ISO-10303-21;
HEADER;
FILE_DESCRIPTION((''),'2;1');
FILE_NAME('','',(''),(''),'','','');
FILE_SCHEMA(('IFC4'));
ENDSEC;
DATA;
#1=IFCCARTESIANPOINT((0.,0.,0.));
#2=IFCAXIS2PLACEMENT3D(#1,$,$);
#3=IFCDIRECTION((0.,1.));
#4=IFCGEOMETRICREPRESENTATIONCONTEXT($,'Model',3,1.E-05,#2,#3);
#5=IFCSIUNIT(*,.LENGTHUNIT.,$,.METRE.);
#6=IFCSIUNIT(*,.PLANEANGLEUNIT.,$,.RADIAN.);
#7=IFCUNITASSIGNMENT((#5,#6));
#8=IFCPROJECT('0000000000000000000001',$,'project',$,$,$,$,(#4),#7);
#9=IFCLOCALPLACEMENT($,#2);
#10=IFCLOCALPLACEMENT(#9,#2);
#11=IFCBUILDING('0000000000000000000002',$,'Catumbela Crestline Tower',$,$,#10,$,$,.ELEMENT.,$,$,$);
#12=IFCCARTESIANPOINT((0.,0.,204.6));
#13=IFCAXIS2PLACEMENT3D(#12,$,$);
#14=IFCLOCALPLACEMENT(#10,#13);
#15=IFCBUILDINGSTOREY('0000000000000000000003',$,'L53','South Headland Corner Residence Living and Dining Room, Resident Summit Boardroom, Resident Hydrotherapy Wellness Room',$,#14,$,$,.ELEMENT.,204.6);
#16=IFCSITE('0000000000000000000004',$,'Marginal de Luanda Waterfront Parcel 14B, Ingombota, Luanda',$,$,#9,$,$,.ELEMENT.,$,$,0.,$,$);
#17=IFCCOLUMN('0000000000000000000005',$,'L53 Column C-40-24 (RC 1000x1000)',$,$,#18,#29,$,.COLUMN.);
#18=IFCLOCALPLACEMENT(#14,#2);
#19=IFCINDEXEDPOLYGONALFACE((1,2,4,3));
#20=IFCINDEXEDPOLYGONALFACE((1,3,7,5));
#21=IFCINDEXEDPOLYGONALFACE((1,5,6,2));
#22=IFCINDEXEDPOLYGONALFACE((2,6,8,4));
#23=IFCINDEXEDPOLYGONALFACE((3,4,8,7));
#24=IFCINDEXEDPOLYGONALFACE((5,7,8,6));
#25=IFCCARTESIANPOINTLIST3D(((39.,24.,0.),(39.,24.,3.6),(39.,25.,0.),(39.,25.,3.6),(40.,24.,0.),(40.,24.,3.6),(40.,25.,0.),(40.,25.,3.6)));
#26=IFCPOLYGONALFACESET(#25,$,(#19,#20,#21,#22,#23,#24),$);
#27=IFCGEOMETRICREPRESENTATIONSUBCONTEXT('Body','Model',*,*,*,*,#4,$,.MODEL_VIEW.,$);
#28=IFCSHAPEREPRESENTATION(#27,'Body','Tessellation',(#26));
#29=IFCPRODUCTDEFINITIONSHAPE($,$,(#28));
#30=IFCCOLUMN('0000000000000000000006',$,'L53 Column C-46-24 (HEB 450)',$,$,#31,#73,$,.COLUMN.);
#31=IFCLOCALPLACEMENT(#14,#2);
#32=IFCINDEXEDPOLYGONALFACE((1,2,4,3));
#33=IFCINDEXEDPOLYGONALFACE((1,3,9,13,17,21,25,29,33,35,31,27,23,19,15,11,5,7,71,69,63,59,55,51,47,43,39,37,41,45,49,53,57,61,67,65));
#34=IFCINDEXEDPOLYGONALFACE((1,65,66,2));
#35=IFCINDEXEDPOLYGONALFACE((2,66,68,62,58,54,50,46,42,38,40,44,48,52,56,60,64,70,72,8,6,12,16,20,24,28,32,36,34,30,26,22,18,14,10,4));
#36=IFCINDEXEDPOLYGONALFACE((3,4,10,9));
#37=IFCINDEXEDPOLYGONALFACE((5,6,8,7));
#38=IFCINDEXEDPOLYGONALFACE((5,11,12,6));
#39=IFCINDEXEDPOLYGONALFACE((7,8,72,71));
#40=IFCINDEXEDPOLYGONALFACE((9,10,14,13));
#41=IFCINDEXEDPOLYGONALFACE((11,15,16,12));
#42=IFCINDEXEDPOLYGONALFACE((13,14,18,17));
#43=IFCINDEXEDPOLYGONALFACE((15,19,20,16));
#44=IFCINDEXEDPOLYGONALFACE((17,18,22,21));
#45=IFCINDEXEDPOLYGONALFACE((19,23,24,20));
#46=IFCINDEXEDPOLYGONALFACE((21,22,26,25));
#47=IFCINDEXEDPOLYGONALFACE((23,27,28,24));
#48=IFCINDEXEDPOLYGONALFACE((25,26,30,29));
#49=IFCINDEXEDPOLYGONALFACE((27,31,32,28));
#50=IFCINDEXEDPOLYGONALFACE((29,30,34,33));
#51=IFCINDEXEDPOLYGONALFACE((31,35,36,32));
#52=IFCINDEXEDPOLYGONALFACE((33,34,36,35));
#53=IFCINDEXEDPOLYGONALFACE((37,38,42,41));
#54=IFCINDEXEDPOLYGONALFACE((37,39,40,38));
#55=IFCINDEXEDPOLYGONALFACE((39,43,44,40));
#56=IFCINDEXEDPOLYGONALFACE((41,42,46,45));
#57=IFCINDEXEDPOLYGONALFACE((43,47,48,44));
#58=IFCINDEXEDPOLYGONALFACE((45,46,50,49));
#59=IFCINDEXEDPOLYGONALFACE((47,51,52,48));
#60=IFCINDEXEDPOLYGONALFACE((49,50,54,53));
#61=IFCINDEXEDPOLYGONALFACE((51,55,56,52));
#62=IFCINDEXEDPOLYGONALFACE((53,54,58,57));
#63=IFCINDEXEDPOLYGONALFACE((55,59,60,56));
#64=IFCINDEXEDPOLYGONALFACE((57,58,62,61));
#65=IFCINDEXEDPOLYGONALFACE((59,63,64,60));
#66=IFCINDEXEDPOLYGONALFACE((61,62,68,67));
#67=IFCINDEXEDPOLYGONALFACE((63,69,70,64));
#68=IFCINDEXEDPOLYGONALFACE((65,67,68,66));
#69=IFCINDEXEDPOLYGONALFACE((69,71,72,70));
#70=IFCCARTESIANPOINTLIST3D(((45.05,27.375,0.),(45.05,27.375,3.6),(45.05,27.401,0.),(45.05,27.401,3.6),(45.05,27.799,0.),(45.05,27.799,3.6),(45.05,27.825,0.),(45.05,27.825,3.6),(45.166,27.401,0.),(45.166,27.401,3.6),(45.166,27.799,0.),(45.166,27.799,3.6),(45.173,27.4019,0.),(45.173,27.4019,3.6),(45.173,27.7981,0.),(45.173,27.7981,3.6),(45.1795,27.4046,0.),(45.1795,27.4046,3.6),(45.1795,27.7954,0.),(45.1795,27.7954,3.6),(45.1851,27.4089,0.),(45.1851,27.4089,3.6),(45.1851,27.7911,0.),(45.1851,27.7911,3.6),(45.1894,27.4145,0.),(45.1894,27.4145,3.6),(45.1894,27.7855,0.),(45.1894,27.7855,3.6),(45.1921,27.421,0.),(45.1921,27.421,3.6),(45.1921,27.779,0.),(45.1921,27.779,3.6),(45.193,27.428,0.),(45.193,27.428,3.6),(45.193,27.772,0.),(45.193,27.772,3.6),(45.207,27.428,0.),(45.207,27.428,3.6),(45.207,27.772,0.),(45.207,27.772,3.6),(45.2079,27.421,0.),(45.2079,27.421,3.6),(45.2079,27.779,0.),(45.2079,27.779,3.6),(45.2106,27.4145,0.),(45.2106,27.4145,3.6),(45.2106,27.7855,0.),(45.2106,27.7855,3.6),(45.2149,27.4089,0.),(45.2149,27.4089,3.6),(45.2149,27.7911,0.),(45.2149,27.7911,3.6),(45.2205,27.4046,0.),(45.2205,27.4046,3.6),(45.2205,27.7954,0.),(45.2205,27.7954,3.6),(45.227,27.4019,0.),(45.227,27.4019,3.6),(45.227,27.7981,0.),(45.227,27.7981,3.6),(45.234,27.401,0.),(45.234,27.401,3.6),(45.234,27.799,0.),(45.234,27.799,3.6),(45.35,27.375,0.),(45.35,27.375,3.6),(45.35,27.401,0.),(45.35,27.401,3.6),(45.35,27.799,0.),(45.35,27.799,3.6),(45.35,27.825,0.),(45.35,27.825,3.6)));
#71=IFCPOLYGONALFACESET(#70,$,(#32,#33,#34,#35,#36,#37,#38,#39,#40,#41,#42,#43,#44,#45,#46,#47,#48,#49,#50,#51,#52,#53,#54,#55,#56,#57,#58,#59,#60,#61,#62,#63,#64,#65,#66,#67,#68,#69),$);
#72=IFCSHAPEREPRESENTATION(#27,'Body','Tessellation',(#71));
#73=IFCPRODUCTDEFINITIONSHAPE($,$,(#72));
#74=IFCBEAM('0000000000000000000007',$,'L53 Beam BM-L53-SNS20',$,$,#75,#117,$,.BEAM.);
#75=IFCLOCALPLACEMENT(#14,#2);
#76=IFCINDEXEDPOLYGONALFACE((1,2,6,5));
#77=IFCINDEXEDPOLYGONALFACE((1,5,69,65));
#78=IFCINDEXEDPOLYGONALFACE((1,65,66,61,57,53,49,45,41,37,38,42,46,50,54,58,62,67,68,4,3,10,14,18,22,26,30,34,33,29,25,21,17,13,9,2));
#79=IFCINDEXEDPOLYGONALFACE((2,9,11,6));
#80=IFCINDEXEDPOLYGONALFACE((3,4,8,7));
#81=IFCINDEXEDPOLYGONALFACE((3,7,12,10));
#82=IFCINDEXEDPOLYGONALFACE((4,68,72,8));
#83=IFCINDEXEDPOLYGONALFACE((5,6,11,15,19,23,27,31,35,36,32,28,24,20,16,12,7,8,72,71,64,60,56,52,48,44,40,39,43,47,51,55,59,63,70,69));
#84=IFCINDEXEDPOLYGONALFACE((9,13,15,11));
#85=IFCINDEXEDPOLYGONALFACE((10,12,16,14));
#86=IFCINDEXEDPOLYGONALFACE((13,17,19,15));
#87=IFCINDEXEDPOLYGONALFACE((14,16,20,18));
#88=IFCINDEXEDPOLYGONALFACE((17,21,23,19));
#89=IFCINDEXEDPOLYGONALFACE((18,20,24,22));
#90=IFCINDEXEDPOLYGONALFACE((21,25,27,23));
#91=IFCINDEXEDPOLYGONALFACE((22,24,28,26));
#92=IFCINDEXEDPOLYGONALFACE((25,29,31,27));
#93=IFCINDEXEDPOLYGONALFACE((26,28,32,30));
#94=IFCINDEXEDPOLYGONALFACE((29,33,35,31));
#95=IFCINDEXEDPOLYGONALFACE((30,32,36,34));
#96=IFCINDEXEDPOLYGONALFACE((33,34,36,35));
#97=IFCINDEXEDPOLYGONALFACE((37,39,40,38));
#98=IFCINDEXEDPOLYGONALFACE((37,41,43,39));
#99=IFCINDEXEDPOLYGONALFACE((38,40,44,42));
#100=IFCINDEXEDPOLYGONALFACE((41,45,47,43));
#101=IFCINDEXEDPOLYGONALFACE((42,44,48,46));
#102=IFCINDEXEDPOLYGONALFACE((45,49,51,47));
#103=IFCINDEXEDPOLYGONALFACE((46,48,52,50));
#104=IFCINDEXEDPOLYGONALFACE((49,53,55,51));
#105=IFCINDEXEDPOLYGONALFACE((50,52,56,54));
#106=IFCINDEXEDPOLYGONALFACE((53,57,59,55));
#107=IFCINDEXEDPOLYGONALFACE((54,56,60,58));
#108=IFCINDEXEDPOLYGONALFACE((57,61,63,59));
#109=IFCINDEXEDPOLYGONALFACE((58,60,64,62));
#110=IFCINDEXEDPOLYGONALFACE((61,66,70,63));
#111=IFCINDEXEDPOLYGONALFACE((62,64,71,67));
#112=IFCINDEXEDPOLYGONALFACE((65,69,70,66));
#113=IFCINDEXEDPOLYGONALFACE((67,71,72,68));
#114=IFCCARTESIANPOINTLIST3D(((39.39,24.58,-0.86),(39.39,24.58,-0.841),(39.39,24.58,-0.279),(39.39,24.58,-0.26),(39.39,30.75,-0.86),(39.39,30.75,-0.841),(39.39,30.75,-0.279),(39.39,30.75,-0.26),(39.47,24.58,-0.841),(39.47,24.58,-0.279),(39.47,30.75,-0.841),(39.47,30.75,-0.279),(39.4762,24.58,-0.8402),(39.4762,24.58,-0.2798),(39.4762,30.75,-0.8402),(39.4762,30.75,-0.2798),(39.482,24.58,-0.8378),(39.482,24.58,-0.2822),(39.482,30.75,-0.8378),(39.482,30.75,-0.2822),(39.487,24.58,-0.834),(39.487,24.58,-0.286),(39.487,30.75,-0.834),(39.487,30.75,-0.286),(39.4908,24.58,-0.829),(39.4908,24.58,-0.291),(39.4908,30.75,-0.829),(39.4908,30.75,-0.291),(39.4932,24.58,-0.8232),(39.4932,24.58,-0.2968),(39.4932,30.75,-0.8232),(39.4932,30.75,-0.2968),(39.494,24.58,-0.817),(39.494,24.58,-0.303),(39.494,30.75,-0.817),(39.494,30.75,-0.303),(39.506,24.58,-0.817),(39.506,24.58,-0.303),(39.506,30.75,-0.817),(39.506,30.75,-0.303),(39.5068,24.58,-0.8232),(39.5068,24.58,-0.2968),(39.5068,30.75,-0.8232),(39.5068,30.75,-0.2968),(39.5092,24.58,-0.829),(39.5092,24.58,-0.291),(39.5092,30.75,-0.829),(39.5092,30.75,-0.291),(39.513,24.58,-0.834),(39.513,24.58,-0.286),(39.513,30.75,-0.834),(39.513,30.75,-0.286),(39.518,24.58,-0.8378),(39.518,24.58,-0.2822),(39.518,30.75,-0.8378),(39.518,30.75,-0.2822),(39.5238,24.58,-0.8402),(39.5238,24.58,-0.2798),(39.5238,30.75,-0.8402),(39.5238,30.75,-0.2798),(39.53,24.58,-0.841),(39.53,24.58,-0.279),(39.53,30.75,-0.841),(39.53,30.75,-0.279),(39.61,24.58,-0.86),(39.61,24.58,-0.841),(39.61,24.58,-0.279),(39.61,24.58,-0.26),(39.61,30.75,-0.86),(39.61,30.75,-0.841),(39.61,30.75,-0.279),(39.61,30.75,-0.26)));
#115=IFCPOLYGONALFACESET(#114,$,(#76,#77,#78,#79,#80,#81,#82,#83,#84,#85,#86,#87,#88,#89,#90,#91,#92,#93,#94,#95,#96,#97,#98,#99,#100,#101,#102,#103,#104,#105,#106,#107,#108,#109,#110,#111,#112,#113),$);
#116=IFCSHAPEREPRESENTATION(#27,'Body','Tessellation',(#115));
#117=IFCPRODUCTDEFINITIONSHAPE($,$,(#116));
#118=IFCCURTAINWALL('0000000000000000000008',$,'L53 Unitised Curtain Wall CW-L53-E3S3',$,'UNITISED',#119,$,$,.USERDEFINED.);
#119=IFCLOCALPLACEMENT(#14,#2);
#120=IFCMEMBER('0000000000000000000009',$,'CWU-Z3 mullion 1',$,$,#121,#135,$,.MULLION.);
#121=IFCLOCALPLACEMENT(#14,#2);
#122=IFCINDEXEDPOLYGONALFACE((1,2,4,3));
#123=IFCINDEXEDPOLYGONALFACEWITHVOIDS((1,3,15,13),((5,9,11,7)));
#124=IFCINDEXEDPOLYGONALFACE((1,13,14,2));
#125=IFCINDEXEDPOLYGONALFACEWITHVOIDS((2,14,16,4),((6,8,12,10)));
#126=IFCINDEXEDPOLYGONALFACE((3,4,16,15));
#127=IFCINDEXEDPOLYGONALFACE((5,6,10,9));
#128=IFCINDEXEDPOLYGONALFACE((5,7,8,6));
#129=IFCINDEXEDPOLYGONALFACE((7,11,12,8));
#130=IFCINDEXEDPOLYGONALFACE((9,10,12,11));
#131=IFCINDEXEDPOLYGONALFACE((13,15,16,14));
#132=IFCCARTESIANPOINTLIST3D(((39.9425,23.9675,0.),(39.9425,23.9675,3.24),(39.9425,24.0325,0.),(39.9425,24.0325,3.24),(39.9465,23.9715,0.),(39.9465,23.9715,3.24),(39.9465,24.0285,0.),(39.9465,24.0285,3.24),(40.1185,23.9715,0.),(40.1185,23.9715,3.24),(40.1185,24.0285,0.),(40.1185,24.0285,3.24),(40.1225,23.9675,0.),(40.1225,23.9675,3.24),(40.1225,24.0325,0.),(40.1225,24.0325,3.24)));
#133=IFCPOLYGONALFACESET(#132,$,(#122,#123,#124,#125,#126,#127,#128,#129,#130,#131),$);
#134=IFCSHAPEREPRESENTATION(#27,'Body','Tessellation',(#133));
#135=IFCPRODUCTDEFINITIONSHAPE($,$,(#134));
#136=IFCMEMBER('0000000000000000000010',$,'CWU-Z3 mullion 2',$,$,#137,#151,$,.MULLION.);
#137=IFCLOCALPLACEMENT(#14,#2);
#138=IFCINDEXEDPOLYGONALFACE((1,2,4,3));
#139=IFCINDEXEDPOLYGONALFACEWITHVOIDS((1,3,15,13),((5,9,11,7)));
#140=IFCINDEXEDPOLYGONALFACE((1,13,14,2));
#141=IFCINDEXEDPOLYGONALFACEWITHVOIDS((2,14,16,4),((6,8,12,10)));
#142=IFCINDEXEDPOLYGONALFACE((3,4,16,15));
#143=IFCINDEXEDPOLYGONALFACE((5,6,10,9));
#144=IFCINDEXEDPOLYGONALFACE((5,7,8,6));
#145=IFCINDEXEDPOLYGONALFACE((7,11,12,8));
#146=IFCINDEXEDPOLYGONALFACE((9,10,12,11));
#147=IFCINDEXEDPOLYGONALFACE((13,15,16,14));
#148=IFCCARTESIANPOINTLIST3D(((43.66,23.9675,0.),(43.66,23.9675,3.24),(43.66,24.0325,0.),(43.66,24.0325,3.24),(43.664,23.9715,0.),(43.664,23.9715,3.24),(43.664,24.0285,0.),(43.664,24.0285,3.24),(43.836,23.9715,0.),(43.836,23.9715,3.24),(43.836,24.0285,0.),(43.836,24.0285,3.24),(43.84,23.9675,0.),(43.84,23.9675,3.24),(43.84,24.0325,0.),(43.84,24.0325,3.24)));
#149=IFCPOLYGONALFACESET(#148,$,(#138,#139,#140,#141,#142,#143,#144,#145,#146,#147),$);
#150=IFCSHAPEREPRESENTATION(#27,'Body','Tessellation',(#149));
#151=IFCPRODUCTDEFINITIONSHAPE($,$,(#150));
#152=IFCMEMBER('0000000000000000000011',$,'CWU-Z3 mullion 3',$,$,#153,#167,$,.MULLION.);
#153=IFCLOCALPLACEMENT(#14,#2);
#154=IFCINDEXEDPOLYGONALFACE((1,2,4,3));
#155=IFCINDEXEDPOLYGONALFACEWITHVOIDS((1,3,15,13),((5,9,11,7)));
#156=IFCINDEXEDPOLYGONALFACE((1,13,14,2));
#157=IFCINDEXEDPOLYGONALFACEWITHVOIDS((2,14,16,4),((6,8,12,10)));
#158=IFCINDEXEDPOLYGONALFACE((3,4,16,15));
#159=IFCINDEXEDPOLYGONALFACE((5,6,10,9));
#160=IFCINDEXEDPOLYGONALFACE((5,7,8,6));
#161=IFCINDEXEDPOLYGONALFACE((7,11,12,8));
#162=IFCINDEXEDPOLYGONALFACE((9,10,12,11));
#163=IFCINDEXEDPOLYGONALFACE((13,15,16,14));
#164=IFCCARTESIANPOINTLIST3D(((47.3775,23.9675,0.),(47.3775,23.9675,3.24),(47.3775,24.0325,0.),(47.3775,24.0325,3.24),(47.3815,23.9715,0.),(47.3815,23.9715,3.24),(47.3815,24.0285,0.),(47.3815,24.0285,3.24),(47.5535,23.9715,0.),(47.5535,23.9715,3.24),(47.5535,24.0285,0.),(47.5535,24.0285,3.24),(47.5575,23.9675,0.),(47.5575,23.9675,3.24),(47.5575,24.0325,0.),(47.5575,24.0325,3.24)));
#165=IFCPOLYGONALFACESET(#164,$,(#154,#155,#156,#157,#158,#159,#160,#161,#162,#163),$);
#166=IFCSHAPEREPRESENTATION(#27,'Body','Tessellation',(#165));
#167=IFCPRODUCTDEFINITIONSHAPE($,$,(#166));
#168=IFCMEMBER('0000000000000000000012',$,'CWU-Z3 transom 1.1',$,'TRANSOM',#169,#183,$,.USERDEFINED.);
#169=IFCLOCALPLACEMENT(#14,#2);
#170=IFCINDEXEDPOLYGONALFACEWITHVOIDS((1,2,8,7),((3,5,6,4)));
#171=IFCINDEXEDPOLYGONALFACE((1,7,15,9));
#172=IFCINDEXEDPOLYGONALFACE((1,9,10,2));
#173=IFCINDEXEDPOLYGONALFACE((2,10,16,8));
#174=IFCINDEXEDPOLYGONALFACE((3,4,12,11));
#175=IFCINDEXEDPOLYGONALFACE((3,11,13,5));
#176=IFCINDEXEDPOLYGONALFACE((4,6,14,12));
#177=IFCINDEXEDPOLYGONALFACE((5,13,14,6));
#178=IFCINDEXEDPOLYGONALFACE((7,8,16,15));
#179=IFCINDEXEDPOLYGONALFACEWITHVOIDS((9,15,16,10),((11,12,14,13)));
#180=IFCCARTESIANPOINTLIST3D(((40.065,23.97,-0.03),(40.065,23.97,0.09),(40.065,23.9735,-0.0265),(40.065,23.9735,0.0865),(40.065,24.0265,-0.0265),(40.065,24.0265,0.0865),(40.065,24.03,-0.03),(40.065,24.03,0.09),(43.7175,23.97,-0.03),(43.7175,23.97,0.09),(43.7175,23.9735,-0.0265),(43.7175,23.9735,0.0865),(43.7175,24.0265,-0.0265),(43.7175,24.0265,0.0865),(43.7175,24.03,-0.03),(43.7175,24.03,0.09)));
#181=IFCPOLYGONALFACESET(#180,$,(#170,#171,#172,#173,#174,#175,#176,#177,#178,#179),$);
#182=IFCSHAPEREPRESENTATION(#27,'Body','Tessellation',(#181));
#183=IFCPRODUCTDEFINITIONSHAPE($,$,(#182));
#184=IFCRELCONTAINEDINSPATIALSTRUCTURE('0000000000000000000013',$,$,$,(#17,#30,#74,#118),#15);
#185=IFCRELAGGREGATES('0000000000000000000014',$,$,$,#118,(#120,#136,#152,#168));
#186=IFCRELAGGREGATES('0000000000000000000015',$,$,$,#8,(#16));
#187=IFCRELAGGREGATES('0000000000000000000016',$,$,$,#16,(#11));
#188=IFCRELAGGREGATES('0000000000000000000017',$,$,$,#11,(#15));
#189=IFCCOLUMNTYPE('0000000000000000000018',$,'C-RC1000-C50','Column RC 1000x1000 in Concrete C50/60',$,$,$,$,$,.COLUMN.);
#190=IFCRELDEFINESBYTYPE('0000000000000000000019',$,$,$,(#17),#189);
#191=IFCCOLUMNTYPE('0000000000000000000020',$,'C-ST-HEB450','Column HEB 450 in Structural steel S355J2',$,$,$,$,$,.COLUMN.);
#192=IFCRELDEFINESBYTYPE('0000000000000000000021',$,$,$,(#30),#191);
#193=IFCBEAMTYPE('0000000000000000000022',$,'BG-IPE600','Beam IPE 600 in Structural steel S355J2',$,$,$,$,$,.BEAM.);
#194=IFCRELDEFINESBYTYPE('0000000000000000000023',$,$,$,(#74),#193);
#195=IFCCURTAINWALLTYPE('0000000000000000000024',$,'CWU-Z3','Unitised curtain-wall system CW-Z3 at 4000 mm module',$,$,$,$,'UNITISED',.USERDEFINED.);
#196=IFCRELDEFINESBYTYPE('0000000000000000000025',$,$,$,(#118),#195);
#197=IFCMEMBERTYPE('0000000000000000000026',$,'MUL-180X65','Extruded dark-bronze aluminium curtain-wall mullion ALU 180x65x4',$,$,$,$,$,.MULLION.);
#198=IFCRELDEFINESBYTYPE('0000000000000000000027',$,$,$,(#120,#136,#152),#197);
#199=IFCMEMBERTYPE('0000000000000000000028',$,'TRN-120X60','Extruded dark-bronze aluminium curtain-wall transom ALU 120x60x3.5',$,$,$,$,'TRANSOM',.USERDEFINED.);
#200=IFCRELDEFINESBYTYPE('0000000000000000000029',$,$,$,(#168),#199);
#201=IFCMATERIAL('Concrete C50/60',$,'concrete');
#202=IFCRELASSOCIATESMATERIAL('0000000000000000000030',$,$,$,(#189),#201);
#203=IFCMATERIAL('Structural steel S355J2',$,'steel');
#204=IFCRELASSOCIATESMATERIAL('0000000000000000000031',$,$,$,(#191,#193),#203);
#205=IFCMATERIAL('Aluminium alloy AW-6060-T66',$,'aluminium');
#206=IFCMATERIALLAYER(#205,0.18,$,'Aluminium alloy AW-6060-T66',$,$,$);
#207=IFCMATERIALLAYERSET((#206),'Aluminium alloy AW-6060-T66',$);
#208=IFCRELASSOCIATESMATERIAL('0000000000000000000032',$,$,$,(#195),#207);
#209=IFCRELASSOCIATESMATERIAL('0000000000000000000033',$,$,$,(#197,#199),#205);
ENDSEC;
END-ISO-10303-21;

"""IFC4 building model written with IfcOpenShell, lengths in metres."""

from ifc_helpers import new_model, si_unit, direction, frame, origin, origin_2d, place, context, subcontext, project, spatial, rectangle, hollow_rectangle, i_section, extrude, material, layer, layer_set, material_profile, profile_set, type_object, element, aggregate, save


model = new_model("IFC4")

# Units and contexts
model_context = context("Model", 3, precision=1e-05, world=origin(), true_north=direction((0.0, 1.0)))
body_context = subcontext(model_context, "Body", "Model", "MODEL_VIEW")
ifc_project = project(units=[si_unit("LENGTHUNIT", "METRE"), si_unit("PLANEANGLEUNIT", "RADIAN")], contexts=[model_context])

# Site, building, storey
site_placement = place(None, origin())
site = spatial("IfcSite", under=ifc_project, at=site_placement, Name="Marginal de Luanda Waterfront Parcel 14B, Ingombota, Luanda", CompositionType="ELEMENT", RefElevation=0.0)
building_placement = place(site_placement, origin())
building = spatial("IfcBuilding", under=site, at=building_placement, Name="Catumbela Crestline Tower", CompositionType="ELEMENT")
storey_placement = place(building_placement, frame((0.0, 0.0, 204.6)))
storey = spatial("IfcBuildingStorey", under=building, at=storey_placement, Name="L53", Description="South Headland Corner Residence Living and Dining Room, Resident Summit Boardroom, Resident Hydrotherapy Wellness Room", CompositionType="ELEMENT", Elevation=204.6)

# Columns
ifc_material_1 = material(Name="Concrete C50/60", Category="concrete")
ifc_material_profile_1 = material_profile(ifc_material_1, rectangle(XDim=1.0, YDim=1.0, at=origin_2d()), Name="RC 1000x1000")
ifc_profile_set_1 = profile_set([ifc_material_profile_1], Name="Concrete C50/60")
column_type_1 = type_object("IfcColumnType", Name="C-RC1000-C50", Description="Column RC 1000x1000 in Concrete C50/60", PredefinedType="COLUMN", material=ifc_profile_set_1)
column_1_placement = place(storey_placement, frame((39.5, 24.5, 0.0), z_axis=(0.0, 0.0, 1.0), x_axis=(1.0, 0.0, 0.0)))
element("IfcColumn", 1, at=column_1_placement, inside=storey, type_object=column_type_1, Name="L53 Column C-40-24 (RC 1000x1000)", PredefinedType="COLUMN", context=body_context, shape_type="SweptSolid", body=[
    extrude(rectangle(XDim=1.0, YDim=1.0, at=origin_2d()), origin(), (0.0, 0.0, 1.0), 3.6),
])
ifc_material_2 = material(Name="Structural steel S355J2", Category="steel")
ifc_material_profile_2 = material_profile(ifc_material_2, i_section(OverallWidth=0.3, OverallDepth=0.45, WebThickness=0.014, FlangeThickness=0.026, FilletRadius=0.027, at=origin_2d()), Name="HEB 450")
ifc_profile_set_2 = profile_set([ifc_material_profile_2], Name="Structural steel S355J2")
column_type_2 = type_object("IfcColumnType", Name="C-ST-HEB450", Description="Column HEB 450 in Structural steel S355J2", PredefinedType="COLUMN", material=ifc_profile_set_2)
column_2_placement = place(storey_placement, frame((45.2, 27.6, 0.0), z_axis=(0.0, 0.0, 1.0), x_axis=(1.0, 0.0, 0.0)))
element("IfcColumn", 2, at=column_2_placement, inside=storey, type_object=column_type_2, Name="L53 Column C-46-24 (HEB 450)", PredefinedType="COLUMN", context=body_context, shape_type="SweptSolid", body=[
    extrude(i_section(OverallWidth=0.3, OverallDepth=0.45, WebThickness=0.014, FlangeThickness=0.026, FilletRadius=0.027, at=origin_2d()), origin(), (0.0, 0.0, 1.0), 3.6),
])

# Beam
ifc_material_profile_3 = material_profile(ifc_material_2, i_section(OverallWidth=0.22, OverallDepth=0.6, WebThickness=0.012, FlangeThickness=0.019, FilletRadius=0.024, at=origin_2d()), Name="IPE 600")
ifc_profile_set_3 = profile_set([ifc_material_profile_3], Name="Structural steel S355J2")
beam_type = type_object("IfcBeamType", Name="BG-IPE600", Description="Beam IPE 600 in Structural steel S355J2", PredefinedType="BEAM", material=ifc_profile_set_3)
beam_placement = place(storey_placement, frame((39.5, 24.58, -0.56), z_axis=(0.0, 1.0, 0.0), x_axis=(-1.0, 0.0, 0.0)))
element("IfcBeam", 3, at=beam_placement, inside=storey, type_object=beam_type, Name="L53 Beam BM-L53-SNS20", PredefinedType="BEAM", context=body_context, shape_type="SweptSolid", body=[
    extrude(i_section(OverallWidth=0.22, OverallDepth=0.6, WebThickness=0.012, FlangeThickness=0.019, FilletRadius=0.024, at=origin_2d()), origin(), (0.0, 0.0, 1.0), 6.17),
])

# Curtain wall, members
ifc_material_3 = material(Name="Aluminium alloy AW-6060-T66", Category="aluminium")
ifc_layer_1 = layer(ifc_material_3, 0.18, Name="Aluminium alloy AW-6060-T66")
ifc_layer_set_1 = layer_set([ifc_layer_1], Name="Aluminium alloy AW-6060-T66")
curtain_wall_type = type_object("IfcCurtainWallType", Name="CWU-Z3", Description="Unitised curtain-wall system CW-Z3 at 4000 mm module", ElementType="UNITISED", PredefinedType="USERDEFINED", material=ifc_layer_set_1)
curtain_wall_placement = place(storey_placement, origin())
curtain_wall = element("IfcCurtainWall", 4, at=curtain_wall_placement, inside=storey, type_object=curtain_wall_type, Name="L53 Unitised Curtain Wall CW-L53-E3S3", ObjectType="UNITISED", PredefinedType="USERDEFINED")
ifc_material_profile_4 = material_profile(ifc_material_3, hollow_rectangle(XDim=0.065, YDim=0.18, WallThickness=0.004, at=origin_2d()), Name="ALU 180x65x4")
ifc_profile_set_4 = profile_set([ifc_material_profile_4], Name="Aluminium alloy AW-6060-T66")
member_type_1 = type_object("IfcMemberType", Name="MUL-180X65", Description="Extruded dark-bronze aluminium curtain-wall mullion ALU 180x65x4", PredefinedType="MULLION", material=ifc_profile_set_4)
member_1_placement = place(storey_placement, frame((40.0325, 24.0, 0.0), z_axis=(0.0, 0.0, 1.0), x_axis=(0.0, 1.0, 0.0)))
member_1 = element("IfcMember", 5, at=member_1_placement, type_object=member_type_1, Name="CWU-Z3 mullion 1", PredefinedType="MULLION", context=body_context, shape_type="SweptSolid", body=[
    extrude(hollow_rectangle(XDim=0.065, YDim=0.18, WallThickness=0.004, at=origin_2d()), origin(), (0.0, 0.0, 1.0), 3.24),
])
member_2_placement = place(storey_placement, frame((43.75, 24.0, 0.0), z_axis=(0.0, 0.0, 1.0), x_axis=(0.0, 1.0, 0.0)))
member_2 = element("IfcMember", 6, at=member_2_placement, type_object=member_type_1, Name="CWU-Z3 mullion 2", PredefinedType="MULLION", context=body_context, shape_type="SweptSolid", body=[
    extrude(hollow_rectangle(XDim=0.065, YDim=0.18, WallThickness=0.004, at=origin_2d()), origin(), (0.0, 0.0, 1.0), 3.24),
])
member_3_placement = place(storey_placement, frame((47.4675, 24.0, 0.0), z_axis=(0.0, 0.0, 1.0), x_axis=(0.0, 1.0, 0.0)))
member_3 = element("IfcMember", 7, at=member_3_placement, type_object=member_type_1, Name="CWU-Z3 mullion 3", PredefinedType="MULLION", context=body_context, shape_type="SweptSolid", body=[
    extrude(hollow_rectangle(XDim=0.065, YDim=0.18, WallThickness=0.004, at=origin_2d()), origin(), (0.0, 0.0, 1.0), 3.24),
])
ifc_material_profile_5 = material_profile(ifc_material_3, hollow_rectangle(XDim=0.06, YDim=0.12, WallThickness=0.0035, at=origin_2d()), Name="ALU 120x60x3.5")
ifc_profile_set_5 = profile_set([ifc_material_profile_5], Name="Aluminium alloy AW-6060-T66")
member_type_2 = type_object("IfcMemberType", Name="TRN-120X60", Description="Extruded dark-bronze aluminium curtain-wall transom ALU 120x60x3.5", ElementType="TRANSOM", PredefinedType="USERDEFINED", material=ifc_profile_set_5)
member_4_placement = place(storey_placement, frame((40.065, 24.0, 0.03), z_axis=(1.0, 0.0, 0.0), x_axis=(0.0, 1.0, 0.0)))
member_4 = element("IfcMember", 8, at=member_4_placement, type_object=member_type_2, Name="CWU-Z3 transom 1.1", ObjectType="TRANSOM", PredefinedType="USERDEFINED", context=body_context, shape_type="SweptSolid", body=[
    extrude(hollow_rectangle(XDim=0.06, YDim=0.12, WallThickness=0.0035, at=origin_2d()), origin(), (0.0, 0.0, 1.0), 3.6525),
])
aggregate(curtain_wall, [member_1, member_2, member_3, member_4])

save(model, "model.ifc")
